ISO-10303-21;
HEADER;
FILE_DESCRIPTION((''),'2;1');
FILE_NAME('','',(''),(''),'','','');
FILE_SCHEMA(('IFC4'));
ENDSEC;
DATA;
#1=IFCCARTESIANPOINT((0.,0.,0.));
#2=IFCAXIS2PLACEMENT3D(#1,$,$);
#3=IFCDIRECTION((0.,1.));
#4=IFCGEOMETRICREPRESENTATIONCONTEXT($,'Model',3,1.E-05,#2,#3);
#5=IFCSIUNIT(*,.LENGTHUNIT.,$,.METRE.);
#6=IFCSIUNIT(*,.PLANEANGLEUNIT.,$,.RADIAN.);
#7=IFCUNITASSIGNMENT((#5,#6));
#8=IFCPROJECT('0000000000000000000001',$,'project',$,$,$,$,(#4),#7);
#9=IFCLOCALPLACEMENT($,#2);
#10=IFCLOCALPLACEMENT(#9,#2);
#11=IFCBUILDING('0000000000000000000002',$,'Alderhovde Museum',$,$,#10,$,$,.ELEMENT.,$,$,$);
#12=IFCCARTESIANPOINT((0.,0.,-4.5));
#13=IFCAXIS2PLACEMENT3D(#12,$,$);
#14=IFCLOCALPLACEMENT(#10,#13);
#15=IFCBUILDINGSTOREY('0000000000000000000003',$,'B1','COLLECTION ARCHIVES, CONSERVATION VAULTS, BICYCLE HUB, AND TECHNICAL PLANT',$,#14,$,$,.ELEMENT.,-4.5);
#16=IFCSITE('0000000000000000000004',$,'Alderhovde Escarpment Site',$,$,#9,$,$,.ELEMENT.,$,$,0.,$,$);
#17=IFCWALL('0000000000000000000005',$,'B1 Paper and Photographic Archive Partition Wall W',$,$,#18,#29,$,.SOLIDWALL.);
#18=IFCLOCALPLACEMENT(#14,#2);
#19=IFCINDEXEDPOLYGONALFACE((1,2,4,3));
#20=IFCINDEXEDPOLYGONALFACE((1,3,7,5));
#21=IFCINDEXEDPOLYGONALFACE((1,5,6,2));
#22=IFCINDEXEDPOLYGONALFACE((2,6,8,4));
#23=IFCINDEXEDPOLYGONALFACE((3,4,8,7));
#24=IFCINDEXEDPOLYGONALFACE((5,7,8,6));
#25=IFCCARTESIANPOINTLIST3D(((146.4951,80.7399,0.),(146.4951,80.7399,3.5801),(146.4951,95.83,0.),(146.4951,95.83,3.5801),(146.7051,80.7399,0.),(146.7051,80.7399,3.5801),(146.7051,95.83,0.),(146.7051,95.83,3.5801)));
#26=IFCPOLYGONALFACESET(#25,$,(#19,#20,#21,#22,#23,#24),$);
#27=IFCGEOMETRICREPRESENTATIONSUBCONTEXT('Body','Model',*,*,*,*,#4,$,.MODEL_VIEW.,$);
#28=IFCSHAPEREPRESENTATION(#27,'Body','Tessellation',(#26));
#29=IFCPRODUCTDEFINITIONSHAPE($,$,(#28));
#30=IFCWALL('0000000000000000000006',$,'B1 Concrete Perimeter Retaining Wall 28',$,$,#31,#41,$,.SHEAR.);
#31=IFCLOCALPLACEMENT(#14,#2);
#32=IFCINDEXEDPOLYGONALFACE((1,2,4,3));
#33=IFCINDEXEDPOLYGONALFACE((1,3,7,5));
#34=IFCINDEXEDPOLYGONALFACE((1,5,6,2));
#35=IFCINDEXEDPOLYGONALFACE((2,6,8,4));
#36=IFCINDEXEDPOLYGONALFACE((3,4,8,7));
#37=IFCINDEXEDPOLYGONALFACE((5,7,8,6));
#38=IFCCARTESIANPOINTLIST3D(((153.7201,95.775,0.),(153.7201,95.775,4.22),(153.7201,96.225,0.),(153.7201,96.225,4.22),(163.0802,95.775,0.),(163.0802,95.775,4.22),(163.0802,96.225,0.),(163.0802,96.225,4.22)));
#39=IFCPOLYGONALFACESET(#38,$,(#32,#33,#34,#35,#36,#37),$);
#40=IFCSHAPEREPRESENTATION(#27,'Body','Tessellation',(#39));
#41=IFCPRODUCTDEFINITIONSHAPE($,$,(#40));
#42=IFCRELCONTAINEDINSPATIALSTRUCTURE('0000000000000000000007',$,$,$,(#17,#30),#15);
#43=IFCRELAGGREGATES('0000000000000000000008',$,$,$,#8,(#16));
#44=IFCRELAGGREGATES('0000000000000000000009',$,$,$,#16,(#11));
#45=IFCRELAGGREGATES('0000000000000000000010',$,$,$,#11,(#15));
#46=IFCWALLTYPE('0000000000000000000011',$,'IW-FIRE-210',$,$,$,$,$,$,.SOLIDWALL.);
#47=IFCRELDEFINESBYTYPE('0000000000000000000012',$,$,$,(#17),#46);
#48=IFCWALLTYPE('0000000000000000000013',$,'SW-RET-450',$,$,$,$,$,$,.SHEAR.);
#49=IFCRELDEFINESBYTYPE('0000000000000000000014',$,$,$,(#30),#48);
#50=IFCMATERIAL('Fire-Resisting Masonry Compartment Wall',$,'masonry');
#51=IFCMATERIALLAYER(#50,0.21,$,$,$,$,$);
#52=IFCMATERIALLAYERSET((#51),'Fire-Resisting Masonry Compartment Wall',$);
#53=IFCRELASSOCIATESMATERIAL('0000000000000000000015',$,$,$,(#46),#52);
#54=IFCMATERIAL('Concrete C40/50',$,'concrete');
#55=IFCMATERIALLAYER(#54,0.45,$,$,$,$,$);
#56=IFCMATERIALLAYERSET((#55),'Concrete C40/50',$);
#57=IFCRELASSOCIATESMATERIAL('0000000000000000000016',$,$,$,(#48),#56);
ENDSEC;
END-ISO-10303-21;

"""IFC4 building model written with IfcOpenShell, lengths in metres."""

from ifc_helpers import new_model, si_unit, direction, frame, frame_2d, origin, place, context, subcontext, project, spatial, rectangle, extrude, material, layer, layer_set, type_object, element, save


model = new_model("IFC4")

# Units and contexts
model_context = context("Model", 3, precision=1e-05, world=origin(), true_north=direction((0.0, 1.0)))
body_context = subcontext(model_context, "Body", "Model", "MODEL_VIEW")
ifc_project = project(units=[si_unit("LENGTHUNIT", "METRE"), si_unit("PLANEANGLEUNIT", "RADIAN")], contexts=[model_context])

# Site, building, storey
site_placement = place(None, origin())
site = spatial("IfcSite", under=ifc_project, at=site_placement, Name="Alderhovde Escarpment Site", CompositionType="ELEMENT", RefElevation=0.0)
building_placement = place(site_placement, origin())
building = spatial("IfcBuilding", under=site, at=building_placement, Name="Alderhovde Museum", CompositionType="ELEMENT")
storey_placement = place(building_placement, frame((0.0, 0.0, -4.5)))
storey = spatial("IfcBuildingStorey", under=building, at=storey_placement, Name="B1", Description="COLLECTION ARCHIVES, CONSERVATION VAULTS, BICYCLE HUB, AND TECHNICAL PLANT", CompositionType="ELEMENT", Elevation=-4.5)

# Shared definitions
ifc_material_1 = material(Name="Fire-Resisting Masonry Compartment Wall", Category="masonry")
ifc_layer_1 = layer(ifc_material_1, 0.21)
ifc_layer_set_1 = layer_set([ifc_layer_1], Name="Fire-Resisting Masonry Compartment Wall")
wall_type_1 = type_object("IfcWallType", Name="IW-FIRE-210", PredefinedType="SOLIDWALL", material=ifc_layer_set_1)

# Walls
wall_1_placement = place(storey_placement, frame((146.6001, 80.74, 0.0), z_axis=(0.0, 0.0, 1.0), x_axis=(0.0, 1.0, 0.0)))
element("IfcWall", 1, at=wall_1_placement, inside=storey, type_object=wall_type_1, Name="B1 Paper and Photographic Archive Partition Wall W", PredefinedType="SOLIDWALL", context=body_context, shape_type="SweptSolid", body=[
    extrude(rectangle(XDim=15.0901, YDim=0.21, at=frame_2d((7.5449, 0.0))), origin(), (0.0, 0.0, 1.0), 3.5801),
])
ifc_material_2 = material(Name="Concrete C40/50", Category="concrete")
ifc_layer_2 = layer(ifc_material_2, 0.45)
ifc_layer_set_2 = layer_set([ifc_layer_2], Name="Concrete C40/50")
wall_type_2 = type_object("IfcWallType", Name="SW-RET-450", PredefinedType="SHEAR", material=ifc_layer_set_2)
wall_2_placement = place(storey_placement, frame((153.72, 96.0, 0.0), z_axis=(0.0, 0.0, 1.0), x_axis=(1.0, 0.0, 0.0)))
element("IfcWall", 2, at=wall_2_placement, inside=storey, type_object=wall_type_2, Name="B1 Concrete Perimeter Retaining Wall 28", PredefinedType="SHEAR", context=body_context, shape_type="SweptSolid", body=[
    extrude(rectangle(XDim=9.3601, YDim=0.45, at=frame_2d((4.6802, 0.0))), origin(), (0.0, 0.0, 1.0), 4.22),
])

save(model, "model.ifc")
